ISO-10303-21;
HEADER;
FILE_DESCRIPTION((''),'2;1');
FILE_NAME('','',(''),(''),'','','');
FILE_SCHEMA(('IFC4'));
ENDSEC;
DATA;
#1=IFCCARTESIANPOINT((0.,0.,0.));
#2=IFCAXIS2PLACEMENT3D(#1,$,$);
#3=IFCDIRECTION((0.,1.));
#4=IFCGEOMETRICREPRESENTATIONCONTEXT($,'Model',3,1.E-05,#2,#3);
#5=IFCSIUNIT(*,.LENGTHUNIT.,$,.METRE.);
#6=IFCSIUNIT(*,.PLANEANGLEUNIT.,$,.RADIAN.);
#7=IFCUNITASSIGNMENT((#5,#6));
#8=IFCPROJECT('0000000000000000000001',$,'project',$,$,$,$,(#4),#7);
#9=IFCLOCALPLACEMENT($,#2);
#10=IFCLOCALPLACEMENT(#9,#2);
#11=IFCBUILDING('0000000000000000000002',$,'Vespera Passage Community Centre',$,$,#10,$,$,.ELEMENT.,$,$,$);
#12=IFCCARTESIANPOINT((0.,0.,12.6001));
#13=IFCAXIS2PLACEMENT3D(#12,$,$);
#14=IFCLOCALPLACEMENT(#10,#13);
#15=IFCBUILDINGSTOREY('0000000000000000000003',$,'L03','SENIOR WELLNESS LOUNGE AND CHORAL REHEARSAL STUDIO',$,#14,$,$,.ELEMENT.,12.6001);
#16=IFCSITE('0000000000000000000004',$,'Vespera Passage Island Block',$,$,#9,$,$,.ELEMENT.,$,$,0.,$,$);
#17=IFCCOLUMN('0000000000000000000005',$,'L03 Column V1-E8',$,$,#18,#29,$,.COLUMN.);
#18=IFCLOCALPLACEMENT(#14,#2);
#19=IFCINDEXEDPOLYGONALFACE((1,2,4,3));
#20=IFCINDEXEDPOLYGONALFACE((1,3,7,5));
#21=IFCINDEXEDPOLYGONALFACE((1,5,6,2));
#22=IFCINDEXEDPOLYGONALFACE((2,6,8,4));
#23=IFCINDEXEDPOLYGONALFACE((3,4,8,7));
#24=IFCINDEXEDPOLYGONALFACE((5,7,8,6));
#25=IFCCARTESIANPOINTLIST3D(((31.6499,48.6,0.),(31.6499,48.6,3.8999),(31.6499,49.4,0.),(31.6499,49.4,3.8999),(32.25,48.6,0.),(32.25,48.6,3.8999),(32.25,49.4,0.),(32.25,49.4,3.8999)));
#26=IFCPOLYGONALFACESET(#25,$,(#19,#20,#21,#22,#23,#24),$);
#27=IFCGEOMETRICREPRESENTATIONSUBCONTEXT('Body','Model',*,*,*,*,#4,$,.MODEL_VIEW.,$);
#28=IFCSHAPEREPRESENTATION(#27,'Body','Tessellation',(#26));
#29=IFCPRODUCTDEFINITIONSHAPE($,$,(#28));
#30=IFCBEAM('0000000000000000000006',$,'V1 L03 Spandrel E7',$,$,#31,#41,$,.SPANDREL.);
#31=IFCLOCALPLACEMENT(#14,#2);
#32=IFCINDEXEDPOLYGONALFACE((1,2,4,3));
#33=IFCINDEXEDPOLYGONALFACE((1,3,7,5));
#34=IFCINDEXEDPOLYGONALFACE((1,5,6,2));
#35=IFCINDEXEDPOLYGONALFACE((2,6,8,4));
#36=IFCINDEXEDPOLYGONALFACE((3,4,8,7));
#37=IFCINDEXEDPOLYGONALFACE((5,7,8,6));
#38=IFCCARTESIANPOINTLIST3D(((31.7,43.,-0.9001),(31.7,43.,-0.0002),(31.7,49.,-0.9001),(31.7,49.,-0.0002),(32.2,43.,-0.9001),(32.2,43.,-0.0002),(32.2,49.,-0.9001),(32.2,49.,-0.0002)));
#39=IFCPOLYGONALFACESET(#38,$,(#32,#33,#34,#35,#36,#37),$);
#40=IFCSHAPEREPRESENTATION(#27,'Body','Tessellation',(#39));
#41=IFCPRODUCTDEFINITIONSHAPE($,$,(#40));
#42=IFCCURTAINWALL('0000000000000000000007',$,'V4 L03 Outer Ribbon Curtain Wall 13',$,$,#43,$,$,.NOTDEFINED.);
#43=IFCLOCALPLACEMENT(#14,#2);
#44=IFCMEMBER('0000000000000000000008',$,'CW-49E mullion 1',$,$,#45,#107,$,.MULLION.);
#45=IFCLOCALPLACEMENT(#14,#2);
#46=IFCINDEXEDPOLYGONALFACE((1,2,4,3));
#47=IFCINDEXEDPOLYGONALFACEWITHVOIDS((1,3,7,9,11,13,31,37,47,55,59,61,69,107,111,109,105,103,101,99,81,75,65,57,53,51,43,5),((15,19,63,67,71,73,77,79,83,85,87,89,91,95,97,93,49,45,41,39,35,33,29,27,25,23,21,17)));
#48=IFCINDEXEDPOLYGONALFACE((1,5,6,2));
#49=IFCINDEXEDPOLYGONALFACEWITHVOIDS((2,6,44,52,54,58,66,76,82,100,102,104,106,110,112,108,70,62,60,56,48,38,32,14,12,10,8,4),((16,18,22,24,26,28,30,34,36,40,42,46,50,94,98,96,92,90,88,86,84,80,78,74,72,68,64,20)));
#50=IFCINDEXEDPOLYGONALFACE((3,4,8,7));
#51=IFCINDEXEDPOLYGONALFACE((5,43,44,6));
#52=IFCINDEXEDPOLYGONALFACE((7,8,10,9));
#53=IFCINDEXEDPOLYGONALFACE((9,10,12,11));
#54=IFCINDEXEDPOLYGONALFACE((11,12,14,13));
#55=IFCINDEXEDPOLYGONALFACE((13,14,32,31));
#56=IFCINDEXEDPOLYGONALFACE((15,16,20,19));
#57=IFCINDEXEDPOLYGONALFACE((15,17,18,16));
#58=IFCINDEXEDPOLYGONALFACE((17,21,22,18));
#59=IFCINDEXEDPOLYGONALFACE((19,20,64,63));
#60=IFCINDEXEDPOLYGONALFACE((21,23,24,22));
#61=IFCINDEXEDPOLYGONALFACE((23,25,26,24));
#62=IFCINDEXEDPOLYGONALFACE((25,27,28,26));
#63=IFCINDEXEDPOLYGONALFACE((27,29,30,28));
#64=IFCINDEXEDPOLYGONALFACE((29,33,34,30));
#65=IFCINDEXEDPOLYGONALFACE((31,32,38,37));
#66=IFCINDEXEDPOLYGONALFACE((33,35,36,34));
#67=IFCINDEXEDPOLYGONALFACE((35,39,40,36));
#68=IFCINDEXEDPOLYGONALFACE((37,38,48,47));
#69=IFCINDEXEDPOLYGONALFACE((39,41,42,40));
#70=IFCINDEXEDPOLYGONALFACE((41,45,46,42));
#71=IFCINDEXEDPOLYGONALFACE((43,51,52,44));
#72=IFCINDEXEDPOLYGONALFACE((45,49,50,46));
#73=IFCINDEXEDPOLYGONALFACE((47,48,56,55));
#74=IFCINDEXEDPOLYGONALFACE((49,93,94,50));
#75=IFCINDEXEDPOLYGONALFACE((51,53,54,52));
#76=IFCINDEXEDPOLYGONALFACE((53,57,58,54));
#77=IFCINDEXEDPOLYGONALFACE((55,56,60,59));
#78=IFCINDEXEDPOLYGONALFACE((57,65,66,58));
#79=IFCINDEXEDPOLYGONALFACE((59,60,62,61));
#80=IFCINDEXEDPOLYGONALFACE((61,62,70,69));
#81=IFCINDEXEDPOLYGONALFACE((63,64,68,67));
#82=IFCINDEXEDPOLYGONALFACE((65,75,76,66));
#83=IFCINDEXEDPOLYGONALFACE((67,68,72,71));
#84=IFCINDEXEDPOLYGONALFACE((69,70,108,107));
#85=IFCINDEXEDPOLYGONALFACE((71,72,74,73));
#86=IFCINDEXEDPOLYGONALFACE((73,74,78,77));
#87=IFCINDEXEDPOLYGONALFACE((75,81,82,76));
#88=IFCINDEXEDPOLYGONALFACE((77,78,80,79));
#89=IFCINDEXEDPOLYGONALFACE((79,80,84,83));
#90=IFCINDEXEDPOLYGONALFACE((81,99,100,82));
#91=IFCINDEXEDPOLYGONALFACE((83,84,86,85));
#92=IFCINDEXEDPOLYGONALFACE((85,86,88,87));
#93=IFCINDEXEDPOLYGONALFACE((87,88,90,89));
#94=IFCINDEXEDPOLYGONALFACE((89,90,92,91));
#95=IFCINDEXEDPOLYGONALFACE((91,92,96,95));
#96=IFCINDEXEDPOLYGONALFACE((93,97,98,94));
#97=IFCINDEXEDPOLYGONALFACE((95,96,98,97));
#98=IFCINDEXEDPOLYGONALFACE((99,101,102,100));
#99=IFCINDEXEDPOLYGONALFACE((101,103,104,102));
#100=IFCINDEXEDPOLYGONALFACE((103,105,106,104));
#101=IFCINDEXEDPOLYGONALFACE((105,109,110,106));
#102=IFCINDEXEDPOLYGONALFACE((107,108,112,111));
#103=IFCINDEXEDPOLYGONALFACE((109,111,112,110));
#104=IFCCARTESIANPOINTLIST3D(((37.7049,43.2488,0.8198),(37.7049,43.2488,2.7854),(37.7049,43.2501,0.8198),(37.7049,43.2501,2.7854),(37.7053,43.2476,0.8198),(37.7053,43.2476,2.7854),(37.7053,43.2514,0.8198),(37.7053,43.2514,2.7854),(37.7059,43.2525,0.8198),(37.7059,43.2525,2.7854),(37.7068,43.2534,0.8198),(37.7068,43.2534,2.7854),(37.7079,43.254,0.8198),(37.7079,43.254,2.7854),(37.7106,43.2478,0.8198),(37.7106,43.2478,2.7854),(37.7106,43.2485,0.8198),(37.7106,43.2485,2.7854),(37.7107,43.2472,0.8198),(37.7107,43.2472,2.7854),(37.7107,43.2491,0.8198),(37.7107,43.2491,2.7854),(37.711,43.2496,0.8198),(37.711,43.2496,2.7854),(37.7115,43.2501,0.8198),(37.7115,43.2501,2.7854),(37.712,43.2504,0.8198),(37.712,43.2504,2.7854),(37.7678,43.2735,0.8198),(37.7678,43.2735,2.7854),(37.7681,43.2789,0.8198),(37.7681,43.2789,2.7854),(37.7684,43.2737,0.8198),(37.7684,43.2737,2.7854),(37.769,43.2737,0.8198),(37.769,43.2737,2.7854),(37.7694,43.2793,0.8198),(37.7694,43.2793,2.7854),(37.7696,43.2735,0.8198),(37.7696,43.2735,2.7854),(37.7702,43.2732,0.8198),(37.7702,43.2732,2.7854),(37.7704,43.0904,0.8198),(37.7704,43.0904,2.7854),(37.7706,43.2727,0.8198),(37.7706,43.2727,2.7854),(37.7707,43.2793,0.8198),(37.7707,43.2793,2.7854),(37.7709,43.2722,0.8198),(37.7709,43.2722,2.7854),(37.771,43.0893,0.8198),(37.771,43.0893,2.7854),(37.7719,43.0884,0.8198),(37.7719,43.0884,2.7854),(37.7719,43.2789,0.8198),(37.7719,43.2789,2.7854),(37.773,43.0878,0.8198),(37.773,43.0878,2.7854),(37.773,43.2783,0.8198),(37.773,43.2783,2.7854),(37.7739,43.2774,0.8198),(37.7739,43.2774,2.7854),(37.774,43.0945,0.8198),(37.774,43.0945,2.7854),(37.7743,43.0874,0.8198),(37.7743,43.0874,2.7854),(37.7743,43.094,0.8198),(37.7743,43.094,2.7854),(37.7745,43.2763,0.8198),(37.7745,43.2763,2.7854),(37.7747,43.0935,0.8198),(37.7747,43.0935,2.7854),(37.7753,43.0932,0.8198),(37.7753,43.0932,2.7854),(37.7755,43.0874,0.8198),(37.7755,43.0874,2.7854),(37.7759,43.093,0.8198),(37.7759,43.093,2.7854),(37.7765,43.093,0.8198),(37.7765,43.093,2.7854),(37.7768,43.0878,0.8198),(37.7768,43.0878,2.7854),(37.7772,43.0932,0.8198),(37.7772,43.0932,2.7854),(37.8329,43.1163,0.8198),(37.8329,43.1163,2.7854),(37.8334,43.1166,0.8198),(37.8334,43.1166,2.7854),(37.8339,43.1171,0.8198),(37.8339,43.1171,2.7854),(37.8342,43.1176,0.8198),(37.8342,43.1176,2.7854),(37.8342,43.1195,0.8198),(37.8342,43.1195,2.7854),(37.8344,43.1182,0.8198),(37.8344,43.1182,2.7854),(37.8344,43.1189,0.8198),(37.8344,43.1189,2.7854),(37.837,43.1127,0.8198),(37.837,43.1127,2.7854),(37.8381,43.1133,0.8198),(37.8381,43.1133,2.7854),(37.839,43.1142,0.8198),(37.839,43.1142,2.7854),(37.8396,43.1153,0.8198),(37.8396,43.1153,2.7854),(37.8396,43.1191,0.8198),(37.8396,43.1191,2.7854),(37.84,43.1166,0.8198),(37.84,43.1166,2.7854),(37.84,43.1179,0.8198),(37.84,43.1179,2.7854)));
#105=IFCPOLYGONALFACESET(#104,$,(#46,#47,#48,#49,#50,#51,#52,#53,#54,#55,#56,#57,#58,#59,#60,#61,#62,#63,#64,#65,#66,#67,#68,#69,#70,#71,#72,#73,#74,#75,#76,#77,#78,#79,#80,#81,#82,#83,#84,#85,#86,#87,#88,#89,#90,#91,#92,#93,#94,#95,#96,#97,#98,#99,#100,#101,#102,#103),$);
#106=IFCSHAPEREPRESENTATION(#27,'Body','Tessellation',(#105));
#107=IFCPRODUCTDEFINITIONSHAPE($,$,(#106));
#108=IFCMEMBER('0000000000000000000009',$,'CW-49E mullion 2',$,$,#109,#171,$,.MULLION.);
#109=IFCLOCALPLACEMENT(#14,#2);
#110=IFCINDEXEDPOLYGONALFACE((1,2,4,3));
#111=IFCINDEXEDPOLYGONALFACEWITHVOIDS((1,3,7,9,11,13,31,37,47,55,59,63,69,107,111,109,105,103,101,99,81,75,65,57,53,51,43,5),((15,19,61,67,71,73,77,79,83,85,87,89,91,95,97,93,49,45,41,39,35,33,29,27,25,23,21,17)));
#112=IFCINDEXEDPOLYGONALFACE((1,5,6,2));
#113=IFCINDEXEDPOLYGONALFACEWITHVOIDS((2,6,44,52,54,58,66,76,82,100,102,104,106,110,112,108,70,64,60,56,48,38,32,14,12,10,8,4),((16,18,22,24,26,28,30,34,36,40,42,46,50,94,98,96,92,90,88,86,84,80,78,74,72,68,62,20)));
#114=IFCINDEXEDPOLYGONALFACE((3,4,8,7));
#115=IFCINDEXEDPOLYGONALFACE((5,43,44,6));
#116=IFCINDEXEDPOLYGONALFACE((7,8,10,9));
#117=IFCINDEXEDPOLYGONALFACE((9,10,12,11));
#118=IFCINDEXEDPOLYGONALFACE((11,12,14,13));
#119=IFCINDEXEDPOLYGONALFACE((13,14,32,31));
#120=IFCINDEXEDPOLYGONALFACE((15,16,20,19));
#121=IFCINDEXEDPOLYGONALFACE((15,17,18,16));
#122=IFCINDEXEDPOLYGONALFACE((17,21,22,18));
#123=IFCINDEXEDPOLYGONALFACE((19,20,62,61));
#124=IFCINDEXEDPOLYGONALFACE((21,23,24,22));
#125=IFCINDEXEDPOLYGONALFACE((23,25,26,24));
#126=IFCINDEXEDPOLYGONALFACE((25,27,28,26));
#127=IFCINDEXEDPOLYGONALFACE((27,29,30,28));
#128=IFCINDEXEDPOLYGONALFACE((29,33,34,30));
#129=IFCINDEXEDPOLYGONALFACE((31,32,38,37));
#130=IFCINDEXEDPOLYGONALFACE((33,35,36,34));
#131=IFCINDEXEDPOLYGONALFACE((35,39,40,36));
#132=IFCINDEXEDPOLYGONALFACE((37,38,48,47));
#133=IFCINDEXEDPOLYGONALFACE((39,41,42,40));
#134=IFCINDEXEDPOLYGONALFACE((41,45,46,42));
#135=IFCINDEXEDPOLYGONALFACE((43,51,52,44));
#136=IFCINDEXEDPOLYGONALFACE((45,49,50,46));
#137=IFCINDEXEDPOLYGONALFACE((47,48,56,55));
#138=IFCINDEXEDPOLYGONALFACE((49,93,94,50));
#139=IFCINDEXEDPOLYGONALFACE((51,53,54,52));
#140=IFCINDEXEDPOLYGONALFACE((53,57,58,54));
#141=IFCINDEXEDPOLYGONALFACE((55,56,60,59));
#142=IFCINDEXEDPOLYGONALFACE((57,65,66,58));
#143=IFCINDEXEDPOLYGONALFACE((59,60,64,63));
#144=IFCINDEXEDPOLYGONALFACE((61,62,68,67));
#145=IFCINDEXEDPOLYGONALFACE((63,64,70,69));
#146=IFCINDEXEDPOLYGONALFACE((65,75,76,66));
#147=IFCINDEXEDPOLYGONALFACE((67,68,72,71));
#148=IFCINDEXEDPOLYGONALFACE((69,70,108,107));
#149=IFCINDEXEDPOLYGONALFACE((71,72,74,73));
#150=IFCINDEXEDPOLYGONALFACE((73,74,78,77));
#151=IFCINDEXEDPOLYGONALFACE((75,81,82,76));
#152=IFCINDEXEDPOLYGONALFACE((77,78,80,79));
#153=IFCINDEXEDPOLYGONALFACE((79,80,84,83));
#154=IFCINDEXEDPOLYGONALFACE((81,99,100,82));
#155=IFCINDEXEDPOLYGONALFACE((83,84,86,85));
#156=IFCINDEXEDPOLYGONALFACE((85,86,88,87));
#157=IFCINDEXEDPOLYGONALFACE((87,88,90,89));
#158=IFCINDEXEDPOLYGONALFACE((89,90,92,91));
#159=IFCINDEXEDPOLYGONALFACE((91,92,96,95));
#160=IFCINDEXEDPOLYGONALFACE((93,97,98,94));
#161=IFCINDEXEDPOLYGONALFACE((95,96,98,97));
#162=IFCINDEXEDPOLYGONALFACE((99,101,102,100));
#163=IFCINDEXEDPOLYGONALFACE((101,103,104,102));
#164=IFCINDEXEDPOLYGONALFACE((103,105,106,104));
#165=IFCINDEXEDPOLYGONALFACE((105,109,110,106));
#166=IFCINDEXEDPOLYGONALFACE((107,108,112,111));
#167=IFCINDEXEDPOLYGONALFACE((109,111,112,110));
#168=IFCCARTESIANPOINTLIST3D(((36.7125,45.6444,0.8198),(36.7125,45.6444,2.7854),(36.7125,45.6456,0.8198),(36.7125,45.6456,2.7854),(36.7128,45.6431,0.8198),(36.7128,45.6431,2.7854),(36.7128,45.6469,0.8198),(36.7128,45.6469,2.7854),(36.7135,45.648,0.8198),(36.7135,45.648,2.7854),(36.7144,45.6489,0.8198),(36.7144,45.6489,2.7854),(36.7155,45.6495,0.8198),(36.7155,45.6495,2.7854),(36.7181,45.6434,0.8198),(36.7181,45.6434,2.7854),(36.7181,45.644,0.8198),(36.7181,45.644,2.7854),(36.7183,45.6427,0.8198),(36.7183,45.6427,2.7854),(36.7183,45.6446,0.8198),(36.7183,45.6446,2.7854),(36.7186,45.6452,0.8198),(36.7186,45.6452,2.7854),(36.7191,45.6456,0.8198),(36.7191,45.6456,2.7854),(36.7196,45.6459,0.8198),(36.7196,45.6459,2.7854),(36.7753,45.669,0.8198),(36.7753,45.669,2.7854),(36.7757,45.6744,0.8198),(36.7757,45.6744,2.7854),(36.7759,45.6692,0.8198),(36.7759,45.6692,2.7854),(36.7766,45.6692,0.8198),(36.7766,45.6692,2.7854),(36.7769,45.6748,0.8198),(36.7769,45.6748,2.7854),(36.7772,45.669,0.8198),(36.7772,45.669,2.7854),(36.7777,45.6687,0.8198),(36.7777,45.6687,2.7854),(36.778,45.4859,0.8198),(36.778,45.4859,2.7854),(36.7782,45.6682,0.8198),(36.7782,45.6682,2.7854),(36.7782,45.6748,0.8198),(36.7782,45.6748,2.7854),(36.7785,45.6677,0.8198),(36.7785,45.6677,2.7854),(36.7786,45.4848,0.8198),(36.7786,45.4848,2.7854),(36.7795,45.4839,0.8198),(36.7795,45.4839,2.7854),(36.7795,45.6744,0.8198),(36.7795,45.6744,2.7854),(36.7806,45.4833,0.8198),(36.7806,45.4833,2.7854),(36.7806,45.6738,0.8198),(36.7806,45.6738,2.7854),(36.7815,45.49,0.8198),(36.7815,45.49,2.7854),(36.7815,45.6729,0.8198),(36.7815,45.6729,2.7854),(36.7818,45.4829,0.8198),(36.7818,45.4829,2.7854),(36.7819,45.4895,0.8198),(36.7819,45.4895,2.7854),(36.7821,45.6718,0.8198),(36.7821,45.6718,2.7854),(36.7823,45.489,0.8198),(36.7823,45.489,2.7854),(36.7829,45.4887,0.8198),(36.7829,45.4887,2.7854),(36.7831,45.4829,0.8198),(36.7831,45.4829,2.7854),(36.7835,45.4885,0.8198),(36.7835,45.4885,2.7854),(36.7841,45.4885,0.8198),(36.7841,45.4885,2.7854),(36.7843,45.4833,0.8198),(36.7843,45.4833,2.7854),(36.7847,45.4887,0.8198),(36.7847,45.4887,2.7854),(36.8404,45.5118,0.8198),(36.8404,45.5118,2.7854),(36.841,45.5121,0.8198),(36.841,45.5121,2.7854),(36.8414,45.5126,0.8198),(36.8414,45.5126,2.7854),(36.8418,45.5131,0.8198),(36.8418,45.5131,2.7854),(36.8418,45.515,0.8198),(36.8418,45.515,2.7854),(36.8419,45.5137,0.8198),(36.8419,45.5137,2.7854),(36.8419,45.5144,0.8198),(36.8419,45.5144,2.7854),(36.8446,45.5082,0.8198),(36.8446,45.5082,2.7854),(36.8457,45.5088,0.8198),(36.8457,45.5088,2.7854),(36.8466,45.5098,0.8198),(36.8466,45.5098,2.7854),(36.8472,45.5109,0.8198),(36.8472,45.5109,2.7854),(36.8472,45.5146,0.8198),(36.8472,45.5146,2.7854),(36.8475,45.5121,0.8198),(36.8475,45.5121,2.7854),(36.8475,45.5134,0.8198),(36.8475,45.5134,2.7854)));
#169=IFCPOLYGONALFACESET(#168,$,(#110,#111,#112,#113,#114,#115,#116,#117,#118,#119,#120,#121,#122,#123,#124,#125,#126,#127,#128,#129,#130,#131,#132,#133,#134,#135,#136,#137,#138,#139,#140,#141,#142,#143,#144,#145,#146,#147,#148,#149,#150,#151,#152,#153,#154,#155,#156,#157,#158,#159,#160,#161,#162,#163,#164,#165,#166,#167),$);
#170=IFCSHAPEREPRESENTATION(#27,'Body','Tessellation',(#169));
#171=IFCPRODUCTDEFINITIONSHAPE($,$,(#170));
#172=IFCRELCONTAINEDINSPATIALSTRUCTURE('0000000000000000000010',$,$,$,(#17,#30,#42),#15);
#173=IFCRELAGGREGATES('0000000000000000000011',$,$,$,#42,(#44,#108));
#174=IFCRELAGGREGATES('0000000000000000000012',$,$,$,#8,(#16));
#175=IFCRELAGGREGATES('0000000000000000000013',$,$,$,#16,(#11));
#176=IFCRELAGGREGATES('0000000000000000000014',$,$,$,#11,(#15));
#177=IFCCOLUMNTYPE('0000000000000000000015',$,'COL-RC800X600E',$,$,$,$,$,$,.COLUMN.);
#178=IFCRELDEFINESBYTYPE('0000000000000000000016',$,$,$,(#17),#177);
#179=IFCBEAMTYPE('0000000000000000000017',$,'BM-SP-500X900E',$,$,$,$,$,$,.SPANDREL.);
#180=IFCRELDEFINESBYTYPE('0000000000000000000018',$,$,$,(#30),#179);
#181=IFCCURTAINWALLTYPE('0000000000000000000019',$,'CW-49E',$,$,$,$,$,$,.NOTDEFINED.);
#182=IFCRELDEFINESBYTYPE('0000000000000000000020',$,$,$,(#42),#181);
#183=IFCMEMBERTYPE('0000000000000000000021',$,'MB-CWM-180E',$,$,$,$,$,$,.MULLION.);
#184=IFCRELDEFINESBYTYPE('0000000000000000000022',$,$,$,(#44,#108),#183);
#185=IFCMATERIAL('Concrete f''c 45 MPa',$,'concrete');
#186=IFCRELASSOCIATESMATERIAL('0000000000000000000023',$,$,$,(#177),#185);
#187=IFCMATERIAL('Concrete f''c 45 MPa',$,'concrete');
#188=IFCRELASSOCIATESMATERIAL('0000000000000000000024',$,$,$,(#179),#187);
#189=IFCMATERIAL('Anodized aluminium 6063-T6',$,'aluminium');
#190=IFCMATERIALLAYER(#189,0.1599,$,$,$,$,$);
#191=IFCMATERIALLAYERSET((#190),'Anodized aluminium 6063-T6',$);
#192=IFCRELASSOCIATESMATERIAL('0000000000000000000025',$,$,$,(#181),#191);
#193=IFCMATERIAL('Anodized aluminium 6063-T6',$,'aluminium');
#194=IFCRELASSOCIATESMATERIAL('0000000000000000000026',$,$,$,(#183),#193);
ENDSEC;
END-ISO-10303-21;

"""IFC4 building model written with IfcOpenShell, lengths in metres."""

from ifc_helpers import new_model, si_unit, direction, frame, origin, origin_2d, place, context, subcontext, project, spatial, rectangle, hollow_rectangle, extrude, material, layer, layer_set, material_profile, profile_set, type_object, element, aggregate, save


model = new_model("IFC4")

# Units and contexts
model_context = context("Model", 3, precision=1e-05, world=origin(), true_north=direction((0.0, 1.0)))
body_context = subcontext(model_context, "Body", "Model", "MODEL_VIEW")
ifc_project = project(units=[si_unit("LENGTHUNIT", "METRE"), si_unit("PLANEANGLEUNIT", "RADIAN")], contexts=[model_context])

# Site, building, storey
site_placement = place(None, origin())
site = spatial("IfcSite", under=ifc_project, at=site_placement, Name="Vespera Passage Island Block", CompositionType="ELEMENT", RefElevation=0.0)
building_placement = place(site_placement, origin())
building = spatial("IfcBuilding", under=site, at=building_placement, Name="Vespera Passage Community Centre", CompositionType="ELEMENT")
storey_placement = place(building_placement, frame((0.0, 0.0, 12.6001)))
storey = spatial("IfcBuildingStorey", under=building, at=storey_placement, Name="L03", Description="SENIOR WELLNESS LOUNGE AND CHORAL REHEARSAL STUDIO", CompositionType="ELEMENT", Elevation=12.6001)

# Column
ifc_material_1 = material(Name="Concrete f'c 45 MPa", Category="concrete")
ifc_material_profile_1 = material_profile(ifc_material_1, rectangle(XDim=0.6001, YDim=0.8, at=origin_2d()), Name="RC800X600")
ifc_profile_set_1 = profile_set([ifc_material_profile_1], Name="Concrete f'c 45 MPa")
column_type = type_object("IfcColumnType", Name="COL-RC800X600E", PredefinedType="COLUMN", material=ifc_profile_set_1)
column_placement = place(storey_placement, frame((31.95, 49.0, 0.0), z_axis=(0.0, 0.0, 1.0), x_axis=(1.0, 0.0, 0.0)))
element("IfcColumn", 1, at=column_placement, inside=storey, type_object=column_type, Name="L03 Column V1-E8", PredefinedType="COLUMN", context=body_context, shape_type="SweptSolid", body=[
    extrude(rectangle(XDim=0.6001, YDim=0.8, at=origin_2d()), origin(), (0.0, 0.0, 1.0), 3.8999),
])

# Beam
ifc_material_2 = material(Name="Concrete f'c 45 MPa", Category="concrete")
ifc_material_profile_2 = material_profile(ifc_material_2, rectangle(XDim=0.5, YDim=0.8999, at=origin_2d()), Name="RC500X900")
ifc_profile_set_2 = profile_set([ifc_material_profile_2], Name="Concrete f'c 45 MPa")
beam_type = type_object("IfcBeamType", Name="BM-SP-500X900E", PredefinedType="SPANDREL", material=ifc_profile_set_2)
beam_placement = place(storey_placement, frame((31.95, 43.0, -0.4502), z_axis=(0.0, 1.0, 0.0), x_axis=(-1.0, 0.0, 0.0)))
element("IfcBeam", 2, at=beam_placement, inside=storey, type_object=beam_type, Name="V1 L03 Spandrel E7", PredefinedType="SPANDREL", context=body_context, shape_type="SweptSolid", body=[
    extrude(rectangle(XDim=0.5, YDim=0.8999, at=origin_2d()), origin(), (0.0, 0.0, 1.0), 6.0),
])

# Curtain wall, members
ifc_material_3 = material(Name="Anodized aluminium 6063-T6", Category="aluminium")
ifc_layer_1 = layer(ifc_material_3, 0.1599)
ifc_layer_set_1 = layer_set([ifc_layer_1], Name="Anodized aluminium 6063-T6")
curtain_wall_type = type_object("IfcCurtainWallType", Name="CW-49E", PredefinedType="NOTDEFINED", material=ifc_layer_set_1)
curtain_wall_placement = place(storey_placement, origin())
curtain_wall = element("IfcCurtainWall", 3, at=curtain_wall_placement, inside=storey, type_object=curtain_wall_type, Name="V4 L03 Outer Ribbon Curtain Wall 13", PredefinedType="NOTDEFINED")
ifc_material_4 = material(Name="Anodized aluminium 6063-T6", Category="aluminium")
ifc_material_profile_3 = material_profile(ifc_material_4, hollow_rectangle(XDim=0.075, YDim=0.1799, WallThickness=0.0049, InnerFilletRadius=0.0024, OuterFilletRadius=0.0049, at=origin_2d()), Name="ALU180X75X5")
ifc_profile_set_3 = profile_set([ifc_material_profile_3], Name="Anodized aluminium 6063-T6")
member_type_1 = type_object("IfcMemberType", Name="MB-CWM-180E", PredefinedType="MULLION", material=ifc_profile_set_3)
member_1_placement = place(storey_placement, frame((37.7725, 43.1833, 0.8198), z_axis=(0.0, 0.0, 1.0), x_axis=(-0.923881, -0.382679, 0.0)))
member_1 = element("IfcMember", 4, at=member_1_placement, type_object=member_type_1, Name="CW-49E mullion 1", PredefinedType="MULLION", context=body_context, shape_type="SweptSolid", body=[
    extrude(hollow_rectangle(XDim=0.075, YDim=0.1799, WallThickness=0.0049, InnerFilletRadius=0.0024, OuterFilletRadius=0.0049, at=origin_2d()), origin(), (0.0, 0.0, 1.0), 1.9656),
])
member_2_placement = place(storey_placement, frame((36.78, 45.5789, 0.8198), z_axis=(0.0, 0.0, 1.0), x_axis=(-0.923881, -0.382679, 0.0)))
member_2 = element("IfcMember", 5, at=member_2_placement, type_object=member_type_1, Name="CW-49E mullion 2", PredefinedType="MULLION", context=body_context, shape_type="SweptSolid", body=[
    extrude(hollow_rectangle(XDim=0.075, YDim=0.1799, WallThickness=0.0049, InnerFilletRadius=0.0024, OuterFilletRadius=0.0049, at=origin_2d()), origin(), (0.0, 0.0, 1.0), 1.9656),
])
aggregate(curtain_wall, [member_1, member_2])

save(model, "model.ifc")
